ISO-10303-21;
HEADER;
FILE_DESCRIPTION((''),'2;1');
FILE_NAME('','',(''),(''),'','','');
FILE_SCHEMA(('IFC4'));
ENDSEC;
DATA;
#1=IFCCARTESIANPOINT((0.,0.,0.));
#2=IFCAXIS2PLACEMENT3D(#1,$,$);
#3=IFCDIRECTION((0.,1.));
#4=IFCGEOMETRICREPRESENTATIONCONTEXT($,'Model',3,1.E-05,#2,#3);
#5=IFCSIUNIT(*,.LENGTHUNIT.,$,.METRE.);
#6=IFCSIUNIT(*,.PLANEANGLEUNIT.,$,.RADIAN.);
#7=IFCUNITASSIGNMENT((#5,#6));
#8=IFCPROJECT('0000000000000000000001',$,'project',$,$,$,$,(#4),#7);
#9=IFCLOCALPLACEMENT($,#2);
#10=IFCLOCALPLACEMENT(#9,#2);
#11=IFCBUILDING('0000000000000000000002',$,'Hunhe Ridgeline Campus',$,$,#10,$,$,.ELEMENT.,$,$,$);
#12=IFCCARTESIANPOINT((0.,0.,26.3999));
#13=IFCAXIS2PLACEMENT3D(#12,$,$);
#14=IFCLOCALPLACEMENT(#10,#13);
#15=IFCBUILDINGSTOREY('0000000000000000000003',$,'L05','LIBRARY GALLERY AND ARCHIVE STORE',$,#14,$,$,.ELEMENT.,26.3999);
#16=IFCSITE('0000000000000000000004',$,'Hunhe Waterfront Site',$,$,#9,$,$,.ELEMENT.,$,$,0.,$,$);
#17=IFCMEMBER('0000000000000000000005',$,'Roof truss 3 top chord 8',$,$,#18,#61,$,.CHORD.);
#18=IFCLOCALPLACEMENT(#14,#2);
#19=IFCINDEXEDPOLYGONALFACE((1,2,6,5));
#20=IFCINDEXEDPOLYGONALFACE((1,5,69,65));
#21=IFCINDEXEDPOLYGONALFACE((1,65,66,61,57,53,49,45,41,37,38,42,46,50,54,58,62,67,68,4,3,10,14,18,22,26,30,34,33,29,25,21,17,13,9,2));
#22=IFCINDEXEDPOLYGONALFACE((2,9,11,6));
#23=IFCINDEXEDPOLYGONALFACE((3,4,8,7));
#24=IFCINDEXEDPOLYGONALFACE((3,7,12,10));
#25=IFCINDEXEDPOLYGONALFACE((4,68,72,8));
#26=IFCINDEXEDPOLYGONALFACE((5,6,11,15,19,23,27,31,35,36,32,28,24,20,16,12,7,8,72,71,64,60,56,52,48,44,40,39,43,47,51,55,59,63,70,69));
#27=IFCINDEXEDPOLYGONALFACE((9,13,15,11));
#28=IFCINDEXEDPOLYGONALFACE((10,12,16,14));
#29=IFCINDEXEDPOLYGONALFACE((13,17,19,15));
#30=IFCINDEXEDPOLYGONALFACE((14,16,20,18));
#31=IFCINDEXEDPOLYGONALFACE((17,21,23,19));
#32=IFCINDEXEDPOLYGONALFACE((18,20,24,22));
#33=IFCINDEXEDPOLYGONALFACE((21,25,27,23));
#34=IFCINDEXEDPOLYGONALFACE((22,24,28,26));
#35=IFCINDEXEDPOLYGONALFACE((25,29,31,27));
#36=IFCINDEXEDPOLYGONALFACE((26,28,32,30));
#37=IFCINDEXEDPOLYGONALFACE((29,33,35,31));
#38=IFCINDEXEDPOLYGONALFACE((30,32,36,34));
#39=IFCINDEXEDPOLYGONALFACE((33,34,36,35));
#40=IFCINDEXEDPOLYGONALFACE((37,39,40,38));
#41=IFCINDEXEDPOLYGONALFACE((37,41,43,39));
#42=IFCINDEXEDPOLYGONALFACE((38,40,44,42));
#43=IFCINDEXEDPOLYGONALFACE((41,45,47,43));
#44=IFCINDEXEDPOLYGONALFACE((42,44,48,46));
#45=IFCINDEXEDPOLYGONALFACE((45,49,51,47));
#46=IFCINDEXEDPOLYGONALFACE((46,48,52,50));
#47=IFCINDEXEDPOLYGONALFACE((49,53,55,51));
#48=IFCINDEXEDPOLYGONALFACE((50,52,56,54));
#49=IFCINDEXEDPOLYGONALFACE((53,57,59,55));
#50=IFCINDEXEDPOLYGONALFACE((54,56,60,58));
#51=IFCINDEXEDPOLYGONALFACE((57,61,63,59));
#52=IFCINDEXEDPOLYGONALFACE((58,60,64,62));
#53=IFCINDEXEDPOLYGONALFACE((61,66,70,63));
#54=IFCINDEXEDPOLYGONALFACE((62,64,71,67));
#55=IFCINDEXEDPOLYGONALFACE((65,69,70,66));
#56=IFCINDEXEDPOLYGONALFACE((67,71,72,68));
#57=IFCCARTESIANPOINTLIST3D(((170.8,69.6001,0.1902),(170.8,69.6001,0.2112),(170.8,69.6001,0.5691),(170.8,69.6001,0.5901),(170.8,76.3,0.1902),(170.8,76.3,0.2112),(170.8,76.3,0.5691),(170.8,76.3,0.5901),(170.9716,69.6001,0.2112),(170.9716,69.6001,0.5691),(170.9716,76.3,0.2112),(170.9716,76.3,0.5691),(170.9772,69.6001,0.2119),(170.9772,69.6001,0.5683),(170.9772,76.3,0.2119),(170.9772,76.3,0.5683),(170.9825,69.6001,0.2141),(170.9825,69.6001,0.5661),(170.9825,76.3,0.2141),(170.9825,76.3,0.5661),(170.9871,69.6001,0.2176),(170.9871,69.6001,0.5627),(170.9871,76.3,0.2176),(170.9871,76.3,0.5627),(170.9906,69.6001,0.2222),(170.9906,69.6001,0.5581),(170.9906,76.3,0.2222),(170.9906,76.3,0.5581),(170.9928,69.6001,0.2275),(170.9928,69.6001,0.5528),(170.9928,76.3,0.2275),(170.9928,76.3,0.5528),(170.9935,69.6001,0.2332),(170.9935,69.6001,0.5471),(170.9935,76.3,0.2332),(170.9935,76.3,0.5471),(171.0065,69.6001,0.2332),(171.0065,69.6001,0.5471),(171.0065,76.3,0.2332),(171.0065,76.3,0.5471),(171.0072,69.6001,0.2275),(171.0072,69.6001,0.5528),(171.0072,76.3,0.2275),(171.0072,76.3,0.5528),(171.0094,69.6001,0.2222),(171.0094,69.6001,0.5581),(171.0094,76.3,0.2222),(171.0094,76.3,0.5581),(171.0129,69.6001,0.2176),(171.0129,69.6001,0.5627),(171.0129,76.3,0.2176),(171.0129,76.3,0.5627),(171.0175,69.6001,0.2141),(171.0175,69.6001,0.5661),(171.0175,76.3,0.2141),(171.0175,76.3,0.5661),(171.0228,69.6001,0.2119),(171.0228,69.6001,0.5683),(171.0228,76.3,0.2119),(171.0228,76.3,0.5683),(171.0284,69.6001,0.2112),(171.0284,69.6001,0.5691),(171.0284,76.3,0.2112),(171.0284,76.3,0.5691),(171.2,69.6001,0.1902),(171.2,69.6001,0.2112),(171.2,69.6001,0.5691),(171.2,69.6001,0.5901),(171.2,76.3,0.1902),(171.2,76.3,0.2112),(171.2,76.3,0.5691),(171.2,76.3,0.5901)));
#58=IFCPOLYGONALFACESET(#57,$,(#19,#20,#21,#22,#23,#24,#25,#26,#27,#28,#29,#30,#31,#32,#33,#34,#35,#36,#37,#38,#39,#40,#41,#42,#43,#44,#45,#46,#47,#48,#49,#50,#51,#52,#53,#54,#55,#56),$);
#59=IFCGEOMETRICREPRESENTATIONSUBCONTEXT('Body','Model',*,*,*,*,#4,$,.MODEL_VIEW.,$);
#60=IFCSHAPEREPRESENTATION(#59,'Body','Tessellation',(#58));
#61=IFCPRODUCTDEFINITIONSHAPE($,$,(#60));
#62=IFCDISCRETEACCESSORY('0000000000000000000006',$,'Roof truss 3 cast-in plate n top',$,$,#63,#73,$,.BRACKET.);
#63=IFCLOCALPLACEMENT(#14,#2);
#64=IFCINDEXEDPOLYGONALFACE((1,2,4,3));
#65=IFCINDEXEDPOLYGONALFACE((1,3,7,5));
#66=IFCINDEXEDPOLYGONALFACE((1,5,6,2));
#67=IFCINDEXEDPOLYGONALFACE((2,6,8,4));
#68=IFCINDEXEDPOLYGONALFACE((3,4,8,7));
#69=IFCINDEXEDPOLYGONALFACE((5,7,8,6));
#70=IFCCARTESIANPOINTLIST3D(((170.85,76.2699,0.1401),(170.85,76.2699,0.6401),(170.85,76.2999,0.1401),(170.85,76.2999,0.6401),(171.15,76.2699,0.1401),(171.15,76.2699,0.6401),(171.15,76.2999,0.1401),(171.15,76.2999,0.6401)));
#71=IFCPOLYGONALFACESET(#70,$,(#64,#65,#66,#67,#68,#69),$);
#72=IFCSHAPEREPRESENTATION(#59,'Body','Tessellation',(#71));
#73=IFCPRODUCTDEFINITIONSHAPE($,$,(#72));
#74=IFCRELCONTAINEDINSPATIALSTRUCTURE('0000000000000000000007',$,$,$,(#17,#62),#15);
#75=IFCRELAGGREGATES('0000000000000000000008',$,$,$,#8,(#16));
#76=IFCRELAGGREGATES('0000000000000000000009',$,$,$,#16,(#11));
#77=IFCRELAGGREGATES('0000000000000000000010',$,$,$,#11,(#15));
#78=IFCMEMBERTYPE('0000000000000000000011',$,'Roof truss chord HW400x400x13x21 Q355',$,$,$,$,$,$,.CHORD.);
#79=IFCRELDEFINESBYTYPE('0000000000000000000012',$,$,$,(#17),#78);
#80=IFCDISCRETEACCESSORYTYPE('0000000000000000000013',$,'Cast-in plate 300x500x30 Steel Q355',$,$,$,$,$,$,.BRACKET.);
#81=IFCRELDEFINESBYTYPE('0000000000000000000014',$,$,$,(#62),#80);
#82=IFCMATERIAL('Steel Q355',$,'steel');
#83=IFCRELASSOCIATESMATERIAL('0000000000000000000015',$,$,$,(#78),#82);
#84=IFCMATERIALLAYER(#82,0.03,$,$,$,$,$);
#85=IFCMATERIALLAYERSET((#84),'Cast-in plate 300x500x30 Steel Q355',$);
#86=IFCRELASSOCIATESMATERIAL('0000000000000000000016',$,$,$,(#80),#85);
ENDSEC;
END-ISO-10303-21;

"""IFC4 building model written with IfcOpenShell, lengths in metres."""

from ifc_helpers import new_model, si_unit, direction, frame, origin, origin_2d, place, context, subcontext, project, spatial, rectangle, i_section, extrude, material, layer, layer_set, material_profile, profile_set, type_object, element, save


model = new_model("IFC4")

# Units and contexts
model_context = context("Model", 3, precision=1e-05, world=origin(), true_north=direction((0.0, 1.0)))
body_context = subcontext(model_context, "Body", "Model", "MODEL_VIEW")
ifc_project = project(units=[si_unit("LENGTHUNIT", "METRE"), si_unit("PLANEANGLEUNIT", "RADIAN")], contexts=[model_context])

# Site, building, storey
site_placement = place(None, origin())
site = spatial("IfcSite", under=ifc_project, at=site_placement, Name="Hunhe Waterfront Site", CompositionType="ELEMENT", RefElevation=0.0)
building_placement = place(site_placement, origin())
building = spatial("IfcBuilding", under=site, at=building_placement, Name="Hunhe Ridgeline Campus", CompositionType="ELEMENT")
storey_placement = place(building_placement, frame((0.0, 0.0, 26.3999)))
storey = spatial("IfcBuildingStorey", under=building, at=storey_placement, Name="L05", Description="LIBRARY GALLERY AND ARCHIVE STORE", CompositionType="ELEMENT", Elevation=26.3999)

# Member
ifc_material = material(Name="Steel Q355", Category="steel")
ifc_material_profile_1 = material_profile(ifc_material, i_section(OverallWidth=0.3999, OverallDepth=0.3999, WebThickness=0.0129, FlangeThickness=0.021, FilletRadius=0.022, at=origin_2d()))
ifc_profile_set_1 = profile_set([ifc_material_profile_1], Name="Steel Q355")
member_type_1 = type_object("IfcMemberType", Name="Roof truss chord HW400x400x13x21 Q355", PredefinedType="CHORD", material=ifc_profile_set_1)
member_1_placement = place(storey_placement, frame((171.0, 69.6001, 0.3901), z_axis=(0.0, 1.0, 0.0), x_axis=(-1.0, 0.0, 0.0)))
element("IfcMember", 1, at=member_1_placement, inside=storey, type_object=member_type_1, Name="Roof truss 3 top chord 8", PredefinedType="CHORD", context=body_context, shape_type="SweptSolid", body=[
    extrude(i_section(OverallWidth=0.3999, OverallDepth=0.3999, WebThickness=0.0129, FlangeThickness=0.021, FilletRadius=0.022, at=origin_2d()), origin(), (0.0, 0.0, 1.0), 6.7),
])

# Discrete accessory
ifc_layer = layer(ifc_material, 0.03)
ifc_layer_set = layer_set([ifc_layer], Name="Cast-in plate 300x500x30 Steel Q355")
discrete_accessory_type = type_object("IfcDiscreteAccessoryType", Name="Cast-in plate 300x500x30 Steel Q355", PredefinedType="BRACKET", material=ifc_layer_set)
discrete_accessory_placement = place(storey_placement, frame((171.0, 76.2849, 0.1401), z_axis=(0.0, 0.0, 1.0), x_axis=(0.0, 1.0, 0.0)))
element("IfcDiscreteAccessory", 2, at=discrete_accessory_placement, inside=storey, type_object=discrete_accessory_type, Name="Roof truss 3 cast-in plate n top", PredefinedType="BRACKET", context=body_context, shape_type="SweptSolid", body=[
    extrude(rectangle(XDim=0.03, YDim=0.3, at=origin_2d()), origin(), (0.0, 0.0, 1.0), 0.5),
])

save(model, "model.ifc")
